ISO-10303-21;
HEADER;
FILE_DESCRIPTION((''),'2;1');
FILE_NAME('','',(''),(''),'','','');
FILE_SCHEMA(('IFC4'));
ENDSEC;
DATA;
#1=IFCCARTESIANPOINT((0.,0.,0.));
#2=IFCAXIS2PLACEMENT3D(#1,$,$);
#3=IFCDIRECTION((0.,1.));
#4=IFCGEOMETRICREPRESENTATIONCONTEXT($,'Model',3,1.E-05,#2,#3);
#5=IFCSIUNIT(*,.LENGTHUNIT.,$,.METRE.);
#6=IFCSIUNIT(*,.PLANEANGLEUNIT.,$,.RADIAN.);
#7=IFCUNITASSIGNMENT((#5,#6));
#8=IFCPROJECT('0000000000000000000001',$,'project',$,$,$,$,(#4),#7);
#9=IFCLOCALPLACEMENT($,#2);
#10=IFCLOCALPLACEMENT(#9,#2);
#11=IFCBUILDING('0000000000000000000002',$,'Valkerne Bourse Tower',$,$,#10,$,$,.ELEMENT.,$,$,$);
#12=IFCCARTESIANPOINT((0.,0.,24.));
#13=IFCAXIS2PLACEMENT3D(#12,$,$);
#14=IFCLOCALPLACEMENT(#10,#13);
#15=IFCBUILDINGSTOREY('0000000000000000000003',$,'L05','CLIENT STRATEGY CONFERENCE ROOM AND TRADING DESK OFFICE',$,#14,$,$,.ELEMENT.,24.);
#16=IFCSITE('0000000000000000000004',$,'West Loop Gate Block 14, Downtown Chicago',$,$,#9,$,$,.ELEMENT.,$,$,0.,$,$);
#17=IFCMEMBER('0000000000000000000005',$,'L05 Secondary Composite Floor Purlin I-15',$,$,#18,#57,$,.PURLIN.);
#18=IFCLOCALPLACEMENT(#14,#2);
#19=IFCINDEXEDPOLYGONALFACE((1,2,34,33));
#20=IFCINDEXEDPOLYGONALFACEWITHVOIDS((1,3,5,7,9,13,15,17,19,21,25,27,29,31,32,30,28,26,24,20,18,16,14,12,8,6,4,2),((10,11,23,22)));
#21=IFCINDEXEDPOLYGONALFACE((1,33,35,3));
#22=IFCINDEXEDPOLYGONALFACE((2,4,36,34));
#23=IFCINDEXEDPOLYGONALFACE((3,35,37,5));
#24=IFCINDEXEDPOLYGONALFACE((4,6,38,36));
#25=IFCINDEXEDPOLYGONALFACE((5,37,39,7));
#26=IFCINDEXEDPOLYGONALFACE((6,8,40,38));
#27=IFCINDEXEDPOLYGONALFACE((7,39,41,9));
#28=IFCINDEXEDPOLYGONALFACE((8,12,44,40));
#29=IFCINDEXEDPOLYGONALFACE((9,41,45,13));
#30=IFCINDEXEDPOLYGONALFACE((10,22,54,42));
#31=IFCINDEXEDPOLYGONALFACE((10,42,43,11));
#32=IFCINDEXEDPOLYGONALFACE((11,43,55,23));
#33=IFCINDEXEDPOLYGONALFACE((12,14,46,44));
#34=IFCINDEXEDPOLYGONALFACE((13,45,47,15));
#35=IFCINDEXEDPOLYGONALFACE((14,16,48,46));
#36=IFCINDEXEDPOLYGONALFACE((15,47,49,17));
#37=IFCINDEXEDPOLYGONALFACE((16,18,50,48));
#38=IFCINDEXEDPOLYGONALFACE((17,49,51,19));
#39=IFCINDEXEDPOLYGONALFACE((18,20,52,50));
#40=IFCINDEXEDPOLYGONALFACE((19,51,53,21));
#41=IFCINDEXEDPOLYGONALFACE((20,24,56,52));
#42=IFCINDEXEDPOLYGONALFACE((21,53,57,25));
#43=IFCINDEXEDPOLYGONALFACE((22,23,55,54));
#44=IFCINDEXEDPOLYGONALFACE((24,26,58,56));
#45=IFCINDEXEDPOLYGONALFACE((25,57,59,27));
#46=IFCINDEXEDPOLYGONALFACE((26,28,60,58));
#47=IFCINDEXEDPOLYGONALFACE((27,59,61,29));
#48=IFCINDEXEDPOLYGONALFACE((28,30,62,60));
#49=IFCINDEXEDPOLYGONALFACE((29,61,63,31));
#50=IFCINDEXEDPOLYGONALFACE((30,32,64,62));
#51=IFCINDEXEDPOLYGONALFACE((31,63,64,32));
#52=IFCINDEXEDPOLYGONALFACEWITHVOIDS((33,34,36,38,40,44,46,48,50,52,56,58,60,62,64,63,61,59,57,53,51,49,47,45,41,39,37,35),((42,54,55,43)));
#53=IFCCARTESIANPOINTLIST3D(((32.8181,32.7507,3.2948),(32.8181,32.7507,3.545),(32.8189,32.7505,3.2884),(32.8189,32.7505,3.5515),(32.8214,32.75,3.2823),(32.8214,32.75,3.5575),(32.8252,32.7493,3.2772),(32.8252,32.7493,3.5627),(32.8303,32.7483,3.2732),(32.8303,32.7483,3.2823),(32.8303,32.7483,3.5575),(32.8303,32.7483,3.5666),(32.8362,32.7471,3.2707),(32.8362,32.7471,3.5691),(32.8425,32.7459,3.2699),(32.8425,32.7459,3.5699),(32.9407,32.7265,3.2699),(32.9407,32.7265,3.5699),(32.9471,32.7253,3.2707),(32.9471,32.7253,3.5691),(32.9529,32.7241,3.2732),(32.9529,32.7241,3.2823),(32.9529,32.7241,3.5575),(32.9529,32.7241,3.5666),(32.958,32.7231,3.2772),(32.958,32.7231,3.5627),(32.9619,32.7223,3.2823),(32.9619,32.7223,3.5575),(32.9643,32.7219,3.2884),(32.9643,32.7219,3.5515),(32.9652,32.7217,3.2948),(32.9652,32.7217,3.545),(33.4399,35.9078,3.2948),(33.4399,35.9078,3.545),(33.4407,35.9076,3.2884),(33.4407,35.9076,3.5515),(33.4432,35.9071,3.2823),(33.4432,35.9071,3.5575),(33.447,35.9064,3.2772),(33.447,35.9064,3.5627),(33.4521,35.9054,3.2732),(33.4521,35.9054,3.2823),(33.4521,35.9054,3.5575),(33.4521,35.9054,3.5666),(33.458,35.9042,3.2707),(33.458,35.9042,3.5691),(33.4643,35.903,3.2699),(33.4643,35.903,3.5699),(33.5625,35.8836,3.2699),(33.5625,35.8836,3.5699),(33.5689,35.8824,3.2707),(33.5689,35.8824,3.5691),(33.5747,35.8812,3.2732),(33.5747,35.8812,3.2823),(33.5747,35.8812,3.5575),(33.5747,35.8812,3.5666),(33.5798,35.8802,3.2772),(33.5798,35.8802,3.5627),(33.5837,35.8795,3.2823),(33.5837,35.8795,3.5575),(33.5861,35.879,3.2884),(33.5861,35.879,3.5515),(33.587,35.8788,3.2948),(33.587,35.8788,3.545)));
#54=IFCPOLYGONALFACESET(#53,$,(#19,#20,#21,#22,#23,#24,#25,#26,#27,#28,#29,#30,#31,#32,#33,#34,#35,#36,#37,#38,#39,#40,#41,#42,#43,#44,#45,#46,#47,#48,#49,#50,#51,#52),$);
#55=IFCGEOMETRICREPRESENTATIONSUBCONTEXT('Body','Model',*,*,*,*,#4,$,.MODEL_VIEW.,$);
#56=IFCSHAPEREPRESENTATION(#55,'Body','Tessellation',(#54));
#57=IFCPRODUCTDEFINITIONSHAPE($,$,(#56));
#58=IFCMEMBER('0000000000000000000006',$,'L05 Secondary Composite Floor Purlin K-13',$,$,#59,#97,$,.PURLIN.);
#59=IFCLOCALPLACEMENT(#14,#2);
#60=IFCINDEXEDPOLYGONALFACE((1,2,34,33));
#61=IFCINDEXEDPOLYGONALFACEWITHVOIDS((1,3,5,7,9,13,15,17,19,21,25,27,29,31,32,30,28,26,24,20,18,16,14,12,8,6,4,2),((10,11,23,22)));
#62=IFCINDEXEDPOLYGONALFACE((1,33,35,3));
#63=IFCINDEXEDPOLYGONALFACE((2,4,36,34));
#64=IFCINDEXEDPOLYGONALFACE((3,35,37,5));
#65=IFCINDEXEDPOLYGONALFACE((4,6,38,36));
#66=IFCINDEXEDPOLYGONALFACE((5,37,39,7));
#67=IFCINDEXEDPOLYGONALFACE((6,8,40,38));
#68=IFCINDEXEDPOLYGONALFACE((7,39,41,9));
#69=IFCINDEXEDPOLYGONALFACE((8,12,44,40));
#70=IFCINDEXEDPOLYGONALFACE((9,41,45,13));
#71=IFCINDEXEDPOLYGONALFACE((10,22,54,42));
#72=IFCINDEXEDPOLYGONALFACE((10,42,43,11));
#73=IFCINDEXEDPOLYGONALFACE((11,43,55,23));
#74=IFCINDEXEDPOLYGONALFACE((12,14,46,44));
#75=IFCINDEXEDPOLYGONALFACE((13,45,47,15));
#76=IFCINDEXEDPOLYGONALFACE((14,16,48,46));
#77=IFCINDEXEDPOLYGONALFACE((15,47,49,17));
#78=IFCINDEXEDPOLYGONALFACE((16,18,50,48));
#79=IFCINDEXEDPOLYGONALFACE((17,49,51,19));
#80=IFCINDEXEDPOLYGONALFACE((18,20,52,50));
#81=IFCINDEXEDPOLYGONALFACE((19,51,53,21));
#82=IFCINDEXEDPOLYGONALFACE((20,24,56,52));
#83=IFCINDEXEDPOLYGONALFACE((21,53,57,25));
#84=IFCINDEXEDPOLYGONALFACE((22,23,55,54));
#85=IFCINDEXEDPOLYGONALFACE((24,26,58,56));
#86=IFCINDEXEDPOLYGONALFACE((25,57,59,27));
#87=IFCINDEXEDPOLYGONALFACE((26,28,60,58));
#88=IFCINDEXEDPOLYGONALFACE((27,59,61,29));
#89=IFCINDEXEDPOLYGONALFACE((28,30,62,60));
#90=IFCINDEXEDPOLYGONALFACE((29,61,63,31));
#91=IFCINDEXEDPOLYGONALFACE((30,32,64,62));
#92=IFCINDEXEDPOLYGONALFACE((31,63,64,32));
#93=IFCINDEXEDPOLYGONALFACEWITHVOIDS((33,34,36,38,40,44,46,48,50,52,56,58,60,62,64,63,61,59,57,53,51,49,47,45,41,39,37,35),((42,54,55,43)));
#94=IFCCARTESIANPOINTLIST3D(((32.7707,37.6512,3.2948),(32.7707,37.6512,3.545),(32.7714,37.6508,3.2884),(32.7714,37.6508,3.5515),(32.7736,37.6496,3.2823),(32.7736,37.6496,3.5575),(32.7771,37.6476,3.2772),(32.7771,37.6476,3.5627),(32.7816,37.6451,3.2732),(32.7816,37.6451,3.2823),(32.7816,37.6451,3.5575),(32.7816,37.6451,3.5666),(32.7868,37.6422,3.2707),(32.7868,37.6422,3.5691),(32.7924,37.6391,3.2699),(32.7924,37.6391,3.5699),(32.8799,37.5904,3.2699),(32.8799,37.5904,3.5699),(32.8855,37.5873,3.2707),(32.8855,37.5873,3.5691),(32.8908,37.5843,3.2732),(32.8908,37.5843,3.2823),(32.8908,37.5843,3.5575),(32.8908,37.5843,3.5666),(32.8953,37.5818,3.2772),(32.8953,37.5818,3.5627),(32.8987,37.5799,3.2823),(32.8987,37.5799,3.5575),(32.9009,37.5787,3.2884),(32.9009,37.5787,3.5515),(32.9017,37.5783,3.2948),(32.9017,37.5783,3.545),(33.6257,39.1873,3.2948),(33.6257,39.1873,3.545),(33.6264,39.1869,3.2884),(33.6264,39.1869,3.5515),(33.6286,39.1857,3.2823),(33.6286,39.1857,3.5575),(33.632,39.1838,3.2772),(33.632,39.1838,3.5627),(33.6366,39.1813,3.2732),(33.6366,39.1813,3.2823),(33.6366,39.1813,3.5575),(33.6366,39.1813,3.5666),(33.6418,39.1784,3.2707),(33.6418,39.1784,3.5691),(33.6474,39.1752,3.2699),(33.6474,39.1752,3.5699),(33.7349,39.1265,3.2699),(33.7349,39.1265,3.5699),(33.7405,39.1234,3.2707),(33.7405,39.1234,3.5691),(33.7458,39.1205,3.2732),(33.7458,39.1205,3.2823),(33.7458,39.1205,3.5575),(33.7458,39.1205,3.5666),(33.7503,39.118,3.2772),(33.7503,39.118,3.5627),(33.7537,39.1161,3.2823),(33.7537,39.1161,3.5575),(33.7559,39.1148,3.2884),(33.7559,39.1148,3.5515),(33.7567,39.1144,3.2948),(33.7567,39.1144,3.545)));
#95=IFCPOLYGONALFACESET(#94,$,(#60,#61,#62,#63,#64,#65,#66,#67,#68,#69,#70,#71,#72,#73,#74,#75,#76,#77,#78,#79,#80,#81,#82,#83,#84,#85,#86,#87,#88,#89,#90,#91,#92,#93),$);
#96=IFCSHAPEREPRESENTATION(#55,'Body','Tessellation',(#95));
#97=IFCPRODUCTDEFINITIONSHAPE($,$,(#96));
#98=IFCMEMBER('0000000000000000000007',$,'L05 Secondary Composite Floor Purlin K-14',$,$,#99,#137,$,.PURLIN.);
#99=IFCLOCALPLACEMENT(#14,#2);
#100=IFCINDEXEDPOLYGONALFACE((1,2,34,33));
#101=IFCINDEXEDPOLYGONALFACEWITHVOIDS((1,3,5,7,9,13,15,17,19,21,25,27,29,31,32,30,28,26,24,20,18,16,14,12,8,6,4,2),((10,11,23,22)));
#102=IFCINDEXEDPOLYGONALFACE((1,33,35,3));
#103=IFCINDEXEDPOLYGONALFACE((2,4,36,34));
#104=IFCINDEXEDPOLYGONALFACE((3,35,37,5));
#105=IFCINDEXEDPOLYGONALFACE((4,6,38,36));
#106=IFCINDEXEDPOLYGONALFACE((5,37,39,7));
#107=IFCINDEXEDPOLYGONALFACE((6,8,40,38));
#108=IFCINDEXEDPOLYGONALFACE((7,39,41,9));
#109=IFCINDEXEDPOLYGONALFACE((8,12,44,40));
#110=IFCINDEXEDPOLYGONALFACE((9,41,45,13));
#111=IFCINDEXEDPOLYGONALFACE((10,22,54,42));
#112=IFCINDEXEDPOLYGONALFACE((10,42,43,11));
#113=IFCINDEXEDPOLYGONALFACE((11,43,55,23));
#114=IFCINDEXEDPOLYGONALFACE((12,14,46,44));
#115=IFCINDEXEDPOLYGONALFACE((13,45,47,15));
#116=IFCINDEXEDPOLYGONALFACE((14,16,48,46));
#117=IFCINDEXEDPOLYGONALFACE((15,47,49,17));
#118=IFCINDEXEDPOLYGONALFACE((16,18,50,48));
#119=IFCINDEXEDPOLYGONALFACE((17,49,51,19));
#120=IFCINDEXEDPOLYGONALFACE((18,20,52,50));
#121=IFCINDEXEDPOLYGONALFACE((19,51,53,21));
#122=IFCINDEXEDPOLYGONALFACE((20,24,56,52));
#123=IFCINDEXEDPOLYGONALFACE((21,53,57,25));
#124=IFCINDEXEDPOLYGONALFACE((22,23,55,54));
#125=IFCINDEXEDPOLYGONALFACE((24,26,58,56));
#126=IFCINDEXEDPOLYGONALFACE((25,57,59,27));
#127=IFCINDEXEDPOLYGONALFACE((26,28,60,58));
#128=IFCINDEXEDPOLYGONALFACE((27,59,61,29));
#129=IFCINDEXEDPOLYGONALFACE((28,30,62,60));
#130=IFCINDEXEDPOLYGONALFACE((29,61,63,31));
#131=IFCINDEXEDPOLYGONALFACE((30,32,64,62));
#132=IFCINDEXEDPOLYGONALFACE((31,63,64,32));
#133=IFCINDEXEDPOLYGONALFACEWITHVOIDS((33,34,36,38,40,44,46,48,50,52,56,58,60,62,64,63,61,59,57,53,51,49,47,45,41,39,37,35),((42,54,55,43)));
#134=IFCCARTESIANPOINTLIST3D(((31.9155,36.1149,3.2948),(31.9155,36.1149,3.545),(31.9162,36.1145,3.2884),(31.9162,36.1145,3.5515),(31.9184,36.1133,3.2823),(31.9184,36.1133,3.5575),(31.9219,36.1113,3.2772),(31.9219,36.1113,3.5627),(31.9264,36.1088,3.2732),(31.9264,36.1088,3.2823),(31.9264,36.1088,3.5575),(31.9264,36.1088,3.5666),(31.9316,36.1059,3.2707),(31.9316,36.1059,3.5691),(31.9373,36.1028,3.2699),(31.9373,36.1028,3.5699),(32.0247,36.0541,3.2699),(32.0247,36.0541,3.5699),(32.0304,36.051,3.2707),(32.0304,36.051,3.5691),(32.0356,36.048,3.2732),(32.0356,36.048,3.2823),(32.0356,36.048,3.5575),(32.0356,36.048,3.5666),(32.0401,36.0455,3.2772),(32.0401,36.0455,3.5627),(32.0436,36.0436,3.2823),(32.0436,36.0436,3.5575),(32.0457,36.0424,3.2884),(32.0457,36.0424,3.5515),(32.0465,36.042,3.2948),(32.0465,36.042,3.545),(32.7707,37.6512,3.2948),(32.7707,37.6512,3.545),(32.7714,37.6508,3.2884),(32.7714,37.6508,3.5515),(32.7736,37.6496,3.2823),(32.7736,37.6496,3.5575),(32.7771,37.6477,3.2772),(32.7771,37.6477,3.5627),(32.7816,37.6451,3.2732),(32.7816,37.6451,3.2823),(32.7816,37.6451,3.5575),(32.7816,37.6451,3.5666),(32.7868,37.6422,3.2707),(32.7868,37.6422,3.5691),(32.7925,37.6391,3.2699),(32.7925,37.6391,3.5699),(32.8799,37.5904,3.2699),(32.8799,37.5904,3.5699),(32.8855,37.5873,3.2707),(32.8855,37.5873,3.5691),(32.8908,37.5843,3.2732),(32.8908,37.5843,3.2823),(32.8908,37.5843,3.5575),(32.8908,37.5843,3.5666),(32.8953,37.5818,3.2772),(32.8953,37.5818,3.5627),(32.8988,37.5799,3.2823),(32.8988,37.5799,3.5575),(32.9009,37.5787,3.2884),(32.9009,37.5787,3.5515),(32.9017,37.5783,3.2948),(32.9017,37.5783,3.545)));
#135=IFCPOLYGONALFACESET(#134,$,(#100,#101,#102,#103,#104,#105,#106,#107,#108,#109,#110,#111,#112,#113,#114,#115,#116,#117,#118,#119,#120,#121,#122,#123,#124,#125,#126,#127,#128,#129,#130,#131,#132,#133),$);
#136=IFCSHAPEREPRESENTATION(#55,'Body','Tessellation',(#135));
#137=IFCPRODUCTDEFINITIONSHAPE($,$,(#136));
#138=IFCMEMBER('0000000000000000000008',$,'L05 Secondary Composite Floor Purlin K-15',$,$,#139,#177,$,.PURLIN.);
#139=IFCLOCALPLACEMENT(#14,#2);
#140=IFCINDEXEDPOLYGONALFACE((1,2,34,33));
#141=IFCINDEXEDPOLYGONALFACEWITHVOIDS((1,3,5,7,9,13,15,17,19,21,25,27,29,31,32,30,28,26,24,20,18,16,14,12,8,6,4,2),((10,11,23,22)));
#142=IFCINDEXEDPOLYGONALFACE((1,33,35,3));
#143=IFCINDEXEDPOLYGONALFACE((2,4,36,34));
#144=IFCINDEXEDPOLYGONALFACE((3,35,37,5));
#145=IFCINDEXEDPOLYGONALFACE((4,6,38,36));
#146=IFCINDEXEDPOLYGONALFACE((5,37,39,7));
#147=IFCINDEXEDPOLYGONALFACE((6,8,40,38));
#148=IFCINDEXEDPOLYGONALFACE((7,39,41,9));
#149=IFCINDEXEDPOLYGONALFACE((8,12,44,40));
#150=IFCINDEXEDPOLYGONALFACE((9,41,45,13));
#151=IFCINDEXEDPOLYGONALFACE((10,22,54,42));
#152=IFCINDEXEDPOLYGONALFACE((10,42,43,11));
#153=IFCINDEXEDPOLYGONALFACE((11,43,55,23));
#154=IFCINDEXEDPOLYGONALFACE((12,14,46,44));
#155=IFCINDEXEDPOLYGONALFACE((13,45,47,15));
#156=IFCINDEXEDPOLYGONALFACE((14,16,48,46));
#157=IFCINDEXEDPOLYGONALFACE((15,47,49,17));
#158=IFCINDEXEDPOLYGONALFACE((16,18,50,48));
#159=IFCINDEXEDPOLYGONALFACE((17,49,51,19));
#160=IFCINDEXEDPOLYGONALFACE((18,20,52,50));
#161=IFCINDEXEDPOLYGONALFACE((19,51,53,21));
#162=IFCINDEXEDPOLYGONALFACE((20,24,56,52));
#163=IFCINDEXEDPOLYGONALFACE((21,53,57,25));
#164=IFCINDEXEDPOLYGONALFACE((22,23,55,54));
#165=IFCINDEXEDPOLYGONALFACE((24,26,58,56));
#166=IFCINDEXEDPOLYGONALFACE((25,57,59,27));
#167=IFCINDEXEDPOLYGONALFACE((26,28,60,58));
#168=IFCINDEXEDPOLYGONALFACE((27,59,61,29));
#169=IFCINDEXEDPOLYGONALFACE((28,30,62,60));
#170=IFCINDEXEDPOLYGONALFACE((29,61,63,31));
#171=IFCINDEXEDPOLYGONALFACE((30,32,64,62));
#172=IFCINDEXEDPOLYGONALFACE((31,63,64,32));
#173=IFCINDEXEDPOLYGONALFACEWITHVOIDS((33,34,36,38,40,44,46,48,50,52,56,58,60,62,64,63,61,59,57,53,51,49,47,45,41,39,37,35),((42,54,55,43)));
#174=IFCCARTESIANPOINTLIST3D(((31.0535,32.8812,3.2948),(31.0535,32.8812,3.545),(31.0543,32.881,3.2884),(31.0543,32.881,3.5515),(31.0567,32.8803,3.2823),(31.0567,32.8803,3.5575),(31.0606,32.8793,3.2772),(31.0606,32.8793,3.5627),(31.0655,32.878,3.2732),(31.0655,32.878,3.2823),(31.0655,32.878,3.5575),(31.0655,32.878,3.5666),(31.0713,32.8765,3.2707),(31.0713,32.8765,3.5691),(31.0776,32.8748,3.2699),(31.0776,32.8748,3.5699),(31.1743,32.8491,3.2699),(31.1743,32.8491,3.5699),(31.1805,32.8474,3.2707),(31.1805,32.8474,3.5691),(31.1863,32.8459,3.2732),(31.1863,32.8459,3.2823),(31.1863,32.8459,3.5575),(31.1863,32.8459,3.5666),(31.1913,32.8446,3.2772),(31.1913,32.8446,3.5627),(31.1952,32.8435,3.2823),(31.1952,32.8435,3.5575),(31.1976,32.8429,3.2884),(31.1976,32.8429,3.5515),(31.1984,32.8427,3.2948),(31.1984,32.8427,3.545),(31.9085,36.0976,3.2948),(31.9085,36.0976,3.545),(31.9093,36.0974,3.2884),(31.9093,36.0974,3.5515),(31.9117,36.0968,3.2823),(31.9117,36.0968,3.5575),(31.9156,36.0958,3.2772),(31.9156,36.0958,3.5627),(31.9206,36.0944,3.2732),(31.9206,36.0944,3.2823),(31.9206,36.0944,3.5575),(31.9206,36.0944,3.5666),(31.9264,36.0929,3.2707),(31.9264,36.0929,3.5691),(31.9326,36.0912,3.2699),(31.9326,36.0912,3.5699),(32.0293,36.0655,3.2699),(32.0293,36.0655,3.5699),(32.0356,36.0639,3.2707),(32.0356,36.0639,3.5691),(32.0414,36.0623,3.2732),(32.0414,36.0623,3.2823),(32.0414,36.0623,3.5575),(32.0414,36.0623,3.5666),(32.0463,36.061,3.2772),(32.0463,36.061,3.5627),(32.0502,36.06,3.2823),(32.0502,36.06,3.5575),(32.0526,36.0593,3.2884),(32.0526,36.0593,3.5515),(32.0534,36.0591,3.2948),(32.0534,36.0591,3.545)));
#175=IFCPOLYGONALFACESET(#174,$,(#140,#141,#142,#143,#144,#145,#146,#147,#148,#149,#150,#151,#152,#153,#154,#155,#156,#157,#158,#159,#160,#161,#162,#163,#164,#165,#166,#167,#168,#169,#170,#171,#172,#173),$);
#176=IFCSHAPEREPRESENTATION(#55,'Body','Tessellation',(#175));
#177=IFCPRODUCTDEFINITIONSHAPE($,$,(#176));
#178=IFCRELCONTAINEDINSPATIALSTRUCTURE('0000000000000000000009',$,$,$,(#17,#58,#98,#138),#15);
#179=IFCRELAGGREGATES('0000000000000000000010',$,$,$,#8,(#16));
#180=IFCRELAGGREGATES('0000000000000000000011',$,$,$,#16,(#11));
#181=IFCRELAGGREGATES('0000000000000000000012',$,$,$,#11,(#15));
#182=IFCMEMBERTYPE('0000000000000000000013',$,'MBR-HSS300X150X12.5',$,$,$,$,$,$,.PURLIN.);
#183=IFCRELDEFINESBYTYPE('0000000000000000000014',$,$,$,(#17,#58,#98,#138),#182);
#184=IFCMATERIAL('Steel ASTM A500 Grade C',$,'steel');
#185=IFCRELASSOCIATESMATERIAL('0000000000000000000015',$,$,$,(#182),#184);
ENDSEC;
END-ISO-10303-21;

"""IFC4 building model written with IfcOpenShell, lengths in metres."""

from ifc_helpers import new_model, si_unit, direction, frame, origin, origin_2d, place, context, subcontext, project, spatial, hollow_rectangle, extrude, material, material_profile, profile_set, type_object, element, save


model = new_model("IFC4")

# Units and contexts
model_context = context("Model", 3, precision=1e-05, world=origin(), true_north=direction((0.0, 1.0)))
body_context = subcontext(model_context, "Body", "Model", "MODEL_VIEW")
ifc_project = project(units=[si_unit("LENGTHUNIT", "METRE"), si_unit("PLANEANGLEUNIT", "RADIAN")], contexts=[model_context])

# Site, building, storey
site_placement = place(None, origin())
site = spatial("IfcSite", under=ifc_project, at=site_placement, Name="West Loop Gate Block 14, Downtown Chicago", CompositionType="ELEMENT", RefElevation=0.0)
building_placement = place(site_placement, origin())
building = spatial("IfcBuilding", under=site, at=building_placement, Name="Valkerne Bourse Tower", CompositionType="ELEMENT")
storey_placement = place(building_placement, frame((0.0, 0.0, 24.0)))
storey = spatial("IfcBuildingStorey", under=building, at=storey_placement, Name="L05", Description="CLIENT STRATEGY CONFERENCE ROOM AND TRADING DESK OFFICE", CompositionType="ELEMENT", Elevation=24.0)

# Members
ifc_material_1 = material(Name="Steel ASTM A500 Grade C", Category="steel")
ifc_material_profile = material_profile(ifc_material_1, hollow_rectangle(XDim=0.1499, YDim=0.3, WallThickness=0.0125, OuterFilletRadius=0.0249, at=origin_2d()), Name="HSS300X150X12.5")
ifc_profile_set = profile_set([ifc_material_profile], Name="Steel ASTM A500 Grade C")
member_type = type_object("IfcMemberType", Name="MBR-HSS300X150X12.5", PredefinedType="PURLIN", material=ifc_profile_set)
member_1_placement = place(storey_placement, frame((33.5134, 35.8933, 3.4199), z_axis=(-0.193241, -0.981151, 0.0), x_axis=(0.981151, -0.193241, 0.0)))
element("IfcMember", 1, at=member_1_placement, inside=storey, type_object=member_type, Name="L05 Secondary Composite Floor Purlin I-15", PredefinedType="PURLIN", context=body_context, shape_type="SweptSolid", body=[
    extrude(hollow_rectangle(XDim=0.1499, YDim=0.3, WallThickness=0.0125, OuterFilletRadius=0.0249, at=origin_2d()), origin(), (0.0, 0.0, 1.0), 3.2178),
])
member_2_placement = place(storey_placement, frame((33.6912, 39.1509, 3.4199), z_axis=(-0.486327, -0.873777, 0.0), x_axis=(0.873777, -0.486327, 0.0)))
element("IfcMember", 2, at=member_2_placement, inside=storey, type_object=member_type, Name="L05 Secondary Composite Floor Purlin K-13", PredefinedType="PURLIN", context=body_context, shape_type="SweptSolid", body=[
    extrude(hollow_rectangle(XDim=0.1499, YDim=0.3, WallThickness=0.0125, OuterFilletRadius=0.0249, at=origin_2d()), origin(), (0.0, 0.0, 1.0), 1.7581),
])
member_3_placement = place(storey_placement, frame((32.8362, 37.6147, 3.4199), z_axis=(-0.486374, -0.873751, 0.0), x_axis=(0.873751, -0.486374, 0.0)))
element("IfcMember", 3, at=member_3_placement, inside=storey, type_object=member_type, Name="L05 Secondary Composite Floor Purlin K-14", PredefinedType="PURLIN", context=body_context, shape_type="SweptSolid", body=[
    extrude(hollow_rectangle(XDim=0.1499, YDim=0.3, WallThickness=0.0125, OuterFilletRadius=0.0249, at=origin_2d()), origin(), (0.0, 0.0, 1.0), 1.7583),
])
member_4_placement = place(storey_placement, frame((31.981, 36.0784, 3.4199), z_axis=(-0.256905, -0.966437, 0.0), x_axis=(0.966437, -0.256905, 0.0)))
element("IfcMember", 4, at=member_4_placement, inside=storey, type_object=member_type, Name="L05 Secondary Composite Floor Purlin K-15", PredefinedType="PURLIN", context=body_context, shape_type="SweptSolid", body=[
    extrude(hollow_rectangle(XDim=0.1499, YDim=0.3, WallThickness=0.0125, OuterFilletRadius=0.0249, at=origin_2d()), origin(), (0.0, 0.0, 1.0), 3.3281),
])

save(model, "model.ifc")
